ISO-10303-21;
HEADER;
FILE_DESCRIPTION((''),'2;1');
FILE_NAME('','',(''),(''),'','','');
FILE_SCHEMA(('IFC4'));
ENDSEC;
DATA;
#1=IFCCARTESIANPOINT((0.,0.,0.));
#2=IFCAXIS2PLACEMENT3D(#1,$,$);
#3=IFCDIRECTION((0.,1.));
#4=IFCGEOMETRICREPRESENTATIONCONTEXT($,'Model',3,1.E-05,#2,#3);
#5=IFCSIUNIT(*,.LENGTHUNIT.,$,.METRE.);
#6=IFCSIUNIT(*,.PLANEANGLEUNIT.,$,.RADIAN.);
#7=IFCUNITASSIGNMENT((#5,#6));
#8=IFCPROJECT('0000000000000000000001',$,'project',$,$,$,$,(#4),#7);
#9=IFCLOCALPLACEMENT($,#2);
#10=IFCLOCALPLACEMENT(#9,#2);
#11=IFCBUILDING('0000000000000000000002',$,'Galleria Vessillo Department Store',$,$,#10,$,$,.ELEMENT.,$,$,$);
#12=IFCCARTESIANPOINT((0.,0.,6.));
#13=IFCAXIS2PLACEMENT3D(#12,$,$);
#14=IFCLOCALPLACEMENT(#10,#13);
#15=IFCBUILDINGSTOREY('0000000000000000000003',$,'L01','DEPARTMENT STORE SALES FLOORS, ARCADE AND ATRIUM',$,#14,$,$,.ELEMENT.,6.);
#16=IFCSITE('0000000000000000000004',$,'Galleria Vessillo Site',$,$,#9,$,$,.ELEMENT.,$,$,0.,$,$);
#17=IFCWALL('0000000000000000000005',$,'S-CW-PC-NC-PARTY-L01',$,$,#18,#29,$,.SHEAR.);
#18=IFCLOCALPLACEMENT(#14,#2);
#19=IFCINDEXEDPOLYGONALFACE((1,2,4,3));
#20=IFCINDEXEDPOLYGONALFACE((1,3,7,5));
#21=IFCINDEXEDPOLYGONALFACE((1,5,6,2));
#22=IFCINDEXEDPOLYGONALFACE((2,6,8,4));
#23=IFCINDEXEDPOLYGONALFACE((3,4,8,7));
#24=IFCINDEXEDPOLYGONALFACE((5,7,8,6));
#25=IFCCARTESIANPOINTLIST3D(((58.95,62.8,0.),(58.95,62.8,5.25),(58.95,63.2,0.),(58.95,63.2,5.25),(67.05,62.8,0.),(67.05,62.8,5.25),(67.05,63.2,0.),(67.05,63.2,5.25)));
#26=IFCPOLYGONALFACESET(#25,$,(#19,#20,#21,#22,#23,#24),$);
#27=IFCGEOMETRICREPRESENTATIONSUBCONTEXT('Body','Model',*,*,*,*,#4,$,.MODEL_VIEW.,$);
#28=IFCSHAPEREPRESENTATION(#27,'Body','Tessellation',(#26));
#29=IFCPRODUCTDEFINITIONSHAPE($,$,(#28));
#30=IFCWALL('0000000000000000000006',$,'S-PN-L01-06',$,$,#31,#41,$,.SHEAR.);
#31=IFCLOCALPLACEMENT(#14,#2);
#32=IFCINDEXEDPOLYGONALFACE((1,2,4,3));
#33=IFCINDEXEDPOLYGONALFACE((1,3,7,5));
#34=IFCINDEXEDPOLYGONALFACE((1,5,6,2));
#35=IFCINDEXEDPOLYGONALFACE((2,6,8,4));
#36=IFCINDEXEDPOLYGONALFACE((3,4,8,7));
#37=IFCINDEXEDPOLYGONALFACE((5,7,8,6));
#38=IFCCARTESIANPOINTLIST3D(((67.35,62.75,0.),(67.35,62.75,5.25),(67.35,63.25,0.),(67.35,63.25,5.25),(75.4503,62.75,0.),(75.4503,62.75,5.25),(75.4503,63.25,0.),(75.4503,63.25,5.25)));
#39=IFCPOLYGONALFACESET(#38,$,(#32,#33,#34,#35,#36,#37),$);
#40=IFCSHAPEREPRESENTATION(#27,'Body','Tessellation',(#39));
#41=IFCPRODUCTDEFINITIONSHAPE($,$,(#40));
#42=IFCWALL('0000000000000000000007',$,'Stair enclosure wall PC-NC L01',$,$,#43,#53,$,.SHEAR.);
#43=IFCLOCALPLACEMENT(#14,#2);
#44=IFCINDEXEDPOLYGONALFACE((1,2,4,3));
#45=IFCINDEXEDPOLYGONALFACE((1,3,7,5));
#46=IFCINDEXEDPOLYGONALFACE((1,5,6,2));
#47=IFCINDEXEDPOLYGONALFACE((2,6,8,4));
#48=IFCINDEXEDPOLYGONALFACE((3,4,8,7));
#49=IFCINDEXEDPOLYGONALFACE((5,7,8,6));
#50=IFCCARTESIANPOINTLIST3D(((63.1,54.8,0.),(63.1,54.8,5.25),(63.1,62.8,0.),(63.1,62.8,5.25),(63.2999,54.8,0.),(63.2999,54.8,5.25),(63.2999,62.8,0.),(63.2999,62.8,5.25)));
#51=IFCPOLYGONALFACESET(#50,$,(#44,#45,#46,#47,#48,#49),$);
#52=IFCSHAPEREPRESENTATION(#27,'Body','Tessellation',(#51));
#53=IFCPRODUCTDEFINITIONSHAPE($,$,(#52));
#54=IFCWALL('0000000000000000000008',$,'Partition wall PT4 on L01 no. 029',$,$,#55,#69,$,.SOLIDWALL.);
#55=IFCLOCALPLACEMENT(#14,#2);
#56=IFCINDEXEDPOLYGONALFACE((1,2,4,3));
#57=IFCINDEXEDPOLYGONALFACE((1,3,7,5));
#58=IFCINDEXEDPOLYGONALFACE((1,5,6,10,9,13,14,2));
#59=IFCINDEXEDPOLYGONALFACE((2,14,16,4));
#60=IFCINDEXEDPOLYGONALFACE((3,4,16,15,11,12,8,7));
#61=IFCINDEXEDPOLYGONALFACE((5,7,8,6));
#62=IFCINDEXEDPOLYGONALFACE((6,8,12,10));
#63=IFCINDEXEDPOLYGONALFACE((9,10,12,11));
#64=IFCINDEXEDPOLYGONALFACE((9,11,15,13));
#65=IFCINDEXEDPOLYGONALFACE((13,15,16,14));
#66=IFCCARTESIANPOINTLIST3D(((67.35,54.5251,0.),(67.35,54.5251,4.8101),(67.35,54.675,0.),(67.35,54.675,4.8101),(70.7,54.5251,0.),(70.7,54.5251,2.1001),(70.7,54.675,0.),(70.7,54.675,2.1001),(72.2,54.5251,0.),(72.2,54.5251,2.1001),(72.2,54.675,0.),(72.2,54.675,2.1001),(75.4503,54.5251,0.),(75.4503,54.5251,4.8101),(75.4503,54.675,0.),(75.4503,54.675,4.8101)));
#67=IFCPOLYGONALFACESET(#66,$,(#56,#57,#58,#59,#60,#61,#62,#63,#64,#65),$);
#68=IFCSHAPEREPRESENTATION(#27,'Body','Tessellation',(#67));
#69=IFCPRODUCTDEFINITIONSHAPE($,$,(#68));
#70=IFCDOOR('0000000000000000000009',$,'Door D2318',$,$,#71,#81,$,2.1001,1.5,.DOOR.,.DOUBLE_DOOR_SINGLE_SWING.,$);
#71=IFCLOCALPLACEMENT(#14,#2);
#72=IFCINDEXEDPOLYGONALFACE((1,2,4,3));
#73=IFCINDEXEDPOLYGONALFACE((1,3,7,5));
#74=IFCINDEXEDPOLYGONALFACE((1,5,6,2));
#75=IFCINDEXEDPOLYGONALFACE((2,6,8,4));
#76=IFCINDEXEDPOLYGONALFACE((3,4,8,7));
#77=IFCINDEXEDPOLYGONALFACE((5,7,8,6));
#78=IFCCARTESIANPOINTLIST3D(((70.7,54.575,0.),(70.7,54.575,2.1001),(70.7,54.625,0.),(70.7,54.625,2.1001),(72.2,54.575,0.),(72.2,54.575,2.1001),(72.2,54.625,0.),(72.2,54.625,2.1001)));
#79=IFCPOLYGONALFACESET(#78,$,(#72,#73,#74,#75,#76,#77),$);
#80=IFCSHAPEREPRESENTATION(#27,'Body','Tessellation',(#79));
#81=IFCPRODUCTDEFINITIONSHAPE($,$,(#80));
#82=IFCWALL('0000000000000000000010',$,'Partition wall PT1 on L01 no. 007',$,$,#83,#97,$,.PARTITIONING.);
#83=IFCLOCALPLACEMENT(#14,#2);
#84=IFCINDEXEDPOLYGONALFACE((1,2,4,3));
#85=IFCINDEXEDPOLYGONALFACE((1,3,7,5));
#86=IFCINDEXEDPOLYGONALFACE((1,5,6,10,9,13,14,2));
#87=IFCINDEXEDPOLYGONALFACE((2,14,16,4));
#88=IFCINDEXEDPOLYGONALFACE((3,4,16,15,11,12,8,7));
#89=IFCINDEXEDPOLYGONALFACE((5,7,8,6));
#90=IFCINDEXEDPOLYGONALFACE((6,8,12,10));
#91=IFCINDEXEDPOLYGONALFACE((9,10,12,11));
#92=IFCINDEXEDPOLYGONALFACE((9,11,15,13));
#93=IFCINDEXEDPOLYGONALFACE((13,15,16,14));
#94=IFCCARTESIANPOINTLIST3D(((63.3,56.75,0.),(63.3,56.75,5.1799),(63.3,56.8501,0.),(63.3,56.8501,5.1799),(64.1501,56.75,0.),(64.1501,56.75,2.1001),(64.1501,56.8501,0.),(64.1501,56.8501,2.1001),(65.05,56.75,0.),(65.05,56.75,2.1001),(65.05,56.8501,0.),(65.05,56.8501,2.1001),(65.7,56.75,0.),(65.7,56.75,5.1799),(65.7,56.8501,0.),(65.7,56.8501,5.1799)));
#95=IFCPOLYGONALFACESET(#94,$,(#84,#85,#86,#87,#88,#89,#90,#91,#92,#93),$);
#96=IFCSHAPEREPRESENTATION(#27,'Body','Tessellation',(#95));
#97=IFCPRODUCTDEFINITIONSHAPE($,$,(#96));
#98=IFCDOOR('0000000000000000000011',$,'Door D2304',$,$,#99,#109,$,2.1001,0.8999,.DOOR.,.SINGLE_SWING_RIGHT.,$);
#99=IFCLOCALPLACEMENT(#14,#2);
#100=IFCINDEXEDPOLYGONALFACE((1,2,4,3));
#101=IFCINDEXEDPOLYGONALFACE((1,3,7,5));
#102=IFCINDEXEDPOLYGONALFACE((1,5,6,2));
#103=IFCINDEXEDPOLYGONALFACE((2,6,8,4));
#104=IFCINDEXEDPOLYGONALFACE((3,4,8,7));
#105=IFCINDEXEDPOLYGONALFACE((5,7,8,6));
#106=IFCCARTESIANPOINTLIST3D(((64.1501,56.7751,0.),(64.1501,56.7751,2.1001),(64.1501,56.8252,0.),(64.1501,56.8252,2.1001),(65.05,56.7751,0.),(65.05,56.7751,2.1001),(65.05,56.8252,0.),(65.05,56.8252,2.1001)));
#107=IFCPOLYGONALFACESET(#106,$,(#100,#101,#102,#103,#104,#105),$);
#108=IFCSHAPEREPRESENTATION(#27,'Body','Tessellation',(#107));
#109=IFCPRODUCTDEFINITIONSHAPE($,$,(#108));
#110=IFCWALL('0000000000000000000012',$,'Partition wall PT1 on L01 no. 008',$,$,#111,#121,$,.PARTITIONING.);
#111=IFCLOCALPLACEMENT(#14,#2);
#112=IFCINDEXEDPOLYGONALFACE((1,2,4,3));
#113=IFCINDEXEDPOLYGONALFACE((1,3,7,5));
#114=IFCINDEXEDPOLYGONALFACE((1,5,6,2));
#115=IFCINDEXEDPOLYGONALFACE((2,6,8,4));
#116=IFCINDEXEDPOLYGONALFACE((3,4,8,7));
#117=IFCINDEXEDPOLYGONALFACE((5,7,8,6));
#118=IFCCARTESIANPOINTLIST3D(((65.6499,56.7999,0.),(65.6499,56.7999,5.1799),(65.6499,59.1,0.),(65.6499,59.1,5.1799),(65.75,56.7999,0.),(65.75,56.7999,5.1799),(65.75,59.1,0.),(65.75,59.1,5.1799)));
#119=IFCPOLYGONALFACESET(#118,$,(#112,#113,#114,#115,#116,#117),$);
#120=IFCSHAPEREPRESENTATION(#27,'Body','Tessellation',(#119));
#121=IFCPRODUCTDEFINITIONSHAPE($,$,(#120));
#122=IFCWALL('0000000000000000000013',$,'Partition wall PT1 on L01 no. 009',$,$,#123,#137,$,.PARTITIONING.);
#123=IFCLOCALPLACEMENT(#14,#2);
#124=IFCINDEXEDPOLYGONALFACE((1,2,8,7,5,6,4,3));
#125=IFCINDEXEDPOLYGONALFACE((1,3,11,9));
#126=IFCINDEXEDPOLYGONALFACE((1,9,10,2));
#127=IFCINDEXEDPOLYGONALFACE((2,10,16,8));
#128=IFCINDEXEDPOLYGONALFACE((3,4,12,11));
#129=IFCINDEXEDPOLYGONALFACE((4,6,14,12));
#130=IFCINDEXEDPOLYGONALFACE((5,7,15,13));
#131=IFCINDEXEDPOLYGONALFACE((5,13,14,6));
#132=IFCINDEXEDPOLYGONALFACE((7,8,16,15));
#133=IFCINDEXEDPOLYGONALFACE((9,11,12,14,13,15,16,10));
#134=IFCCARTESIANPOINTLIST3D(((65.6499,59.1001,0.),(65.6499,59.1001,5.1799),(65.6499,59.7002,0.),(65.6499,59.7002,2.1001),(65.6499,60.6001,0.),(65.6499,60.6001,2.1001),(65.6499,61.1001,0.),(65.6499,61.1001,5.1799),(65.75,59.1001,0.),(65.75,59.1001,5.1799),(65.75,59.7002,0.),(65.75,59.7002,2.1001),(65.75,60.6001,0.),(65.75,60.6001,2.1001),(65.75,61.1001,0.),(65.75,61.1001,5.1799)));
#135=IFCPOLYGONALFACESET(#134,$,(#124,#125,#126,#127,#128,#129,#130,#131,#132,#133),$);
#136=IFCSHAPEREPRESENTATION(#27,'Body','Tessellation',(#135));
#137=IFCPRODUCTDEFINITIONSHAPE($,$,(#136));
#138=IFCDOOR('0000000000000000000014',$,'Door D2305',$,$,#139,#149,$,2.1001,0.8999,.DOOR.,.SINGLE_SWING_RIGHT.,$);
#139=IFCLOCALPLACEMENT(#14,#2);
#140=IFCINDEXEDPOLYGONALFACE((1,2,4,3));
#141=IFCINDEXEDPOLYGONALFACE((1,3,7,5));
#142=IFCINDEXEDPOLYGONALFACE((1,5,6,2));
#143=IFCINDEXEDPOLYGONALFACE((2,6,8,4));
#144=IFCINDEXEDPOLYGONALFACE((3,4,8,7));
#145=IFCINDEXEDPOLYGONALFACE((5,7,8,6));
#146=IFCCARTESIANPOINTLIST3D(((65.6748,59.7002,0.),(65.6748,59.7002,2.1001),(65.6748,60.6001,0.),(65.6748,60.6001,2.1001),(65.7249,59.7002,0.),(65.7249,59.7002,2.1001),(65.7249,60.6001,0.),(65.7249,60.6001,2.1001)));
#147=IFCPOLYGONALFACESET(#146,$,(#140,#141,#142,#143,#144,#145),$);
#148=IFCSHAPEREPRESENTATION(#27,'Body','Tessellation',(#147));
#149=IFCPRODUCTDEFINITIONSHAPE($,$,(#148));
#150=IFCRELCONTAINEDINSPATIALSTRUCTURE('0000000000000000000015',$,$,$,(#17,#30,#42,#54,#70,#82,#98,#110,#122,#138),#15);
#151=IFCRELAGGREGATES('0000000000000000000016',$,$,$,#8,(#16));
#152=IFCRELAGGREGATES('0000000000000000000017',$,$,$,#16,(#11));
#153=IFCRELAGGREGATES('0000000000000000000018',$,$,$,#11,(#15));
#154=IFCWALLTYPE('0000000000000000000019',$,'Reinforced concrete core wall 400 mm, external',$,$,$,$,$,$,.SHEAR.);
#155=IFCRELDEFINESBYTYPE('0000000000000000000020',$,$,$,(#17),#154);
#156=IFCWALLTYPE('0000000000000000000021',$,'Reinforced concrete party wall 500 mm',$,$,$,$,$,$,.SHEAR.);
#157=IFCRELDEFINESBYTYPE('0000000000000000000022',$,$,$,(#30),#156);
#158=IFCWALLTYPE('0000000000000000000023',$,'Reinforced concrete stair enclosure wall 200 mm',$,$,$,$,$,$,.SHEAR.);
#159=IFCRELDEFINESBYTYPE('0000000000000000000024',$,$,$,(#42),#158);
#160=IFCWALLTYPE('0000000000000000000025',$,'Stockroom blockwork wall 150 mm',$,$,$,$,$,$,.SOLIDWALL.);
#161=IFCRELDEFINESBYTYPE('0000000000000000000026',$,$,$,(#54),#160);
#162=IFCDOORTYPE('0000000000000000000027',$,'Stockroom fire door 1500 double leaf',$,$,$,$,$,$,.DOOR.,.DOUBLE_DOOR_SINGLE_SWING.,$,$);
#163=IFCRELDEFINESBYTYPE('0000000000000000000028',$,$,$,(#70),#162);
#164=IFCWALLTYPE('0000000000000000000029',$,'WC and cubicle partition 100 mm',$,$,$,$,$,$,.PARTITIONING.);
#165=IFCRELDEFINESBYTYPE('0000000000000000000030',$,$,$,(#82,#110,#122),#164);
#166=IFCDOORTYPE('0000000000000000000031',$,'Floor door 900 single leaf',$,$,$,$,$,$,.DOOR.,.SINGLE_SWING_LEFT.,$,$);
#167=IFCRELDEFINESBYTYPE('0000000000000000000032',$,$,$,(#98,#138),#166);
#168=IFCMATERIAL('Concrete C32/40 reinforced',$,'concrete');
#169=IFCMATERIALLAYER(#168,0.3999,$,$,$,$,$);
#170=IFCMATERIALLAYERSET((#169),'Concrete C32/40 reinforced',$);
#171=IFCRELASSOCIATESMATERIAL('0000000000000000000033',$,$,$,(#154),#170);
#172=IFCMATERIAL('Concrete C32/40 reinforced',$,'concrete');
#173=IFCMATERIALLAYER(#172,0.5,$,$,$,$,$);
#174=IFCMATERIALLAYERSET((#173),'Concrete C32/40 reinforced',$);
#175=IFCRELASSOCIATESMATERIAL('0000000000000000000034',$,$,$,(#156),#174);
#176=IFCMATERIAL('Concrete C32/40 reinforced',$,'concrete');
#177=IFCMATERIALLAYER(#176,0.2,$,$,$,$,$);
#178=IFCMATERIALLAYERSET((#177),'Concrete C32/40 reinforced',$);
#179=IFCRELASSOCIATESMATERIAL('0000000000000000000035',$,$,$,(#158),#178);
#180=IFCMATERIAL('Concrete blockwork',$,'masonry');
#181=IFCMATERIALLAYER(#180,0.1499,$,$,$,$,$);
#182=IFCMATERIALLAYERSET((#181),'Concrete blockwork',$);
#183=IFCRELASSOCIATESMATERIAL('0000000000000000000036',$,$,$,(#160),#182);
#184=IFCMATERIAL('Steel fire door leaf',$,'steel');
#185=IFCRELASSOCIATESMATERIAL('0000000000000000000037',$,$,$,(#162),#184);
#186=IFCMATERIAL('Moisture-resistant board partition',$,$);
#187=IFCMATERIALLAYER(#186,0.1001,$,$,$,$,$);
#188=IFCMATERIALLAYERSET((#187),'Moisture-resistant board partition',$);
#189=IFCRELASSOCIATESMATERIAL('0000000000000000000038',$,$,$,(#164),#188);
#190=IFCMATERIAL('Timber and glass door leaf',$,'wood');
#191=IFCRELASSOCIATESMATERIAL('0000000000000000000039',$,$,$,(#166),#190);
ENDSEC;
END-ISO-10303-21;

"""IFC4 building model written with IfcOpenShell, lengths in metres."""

from ifc_helpers import new_model, si_unit, direction, frame, frame_2d, origin, place, context, subcontext, project, spatial, rectangle, extrude, material, layer, layer_set, type_object, element, fill, save


model = new_model("IFC4")

# Units and contexts
model_context = context("Model", 3, precision=1e-05, world=origin(), true_north=direction((0.0, 1.0)))
body_context = subcontext(model_context, "Body", "Model", "MODEL_VIEW")
ifc_project = project(units=[si_unit("LENGTHUNIT", "METRE"), si_unit("PLANEANGLEUNIT", "RADIAN")], contexts=[model_context])

# Site, building, storey
site_placement = place(None, origin())
site = spatial("IfcSite", under=ifc_project, at=site_placement, Name="Galleria Vessillo Site", CompositionType="ELEMENT", RefElevation=0.0)
building_placement = place(site_placement, origin())
building = spatial("IfcBuilding", under=site, at=building_placement, Name="Galleria Vessillo Department Store", CompositionType="ELEMENT")
storey_placement = place(building_placement, frame((0.0, 0.0, 6.0)))
storey = spatial("IfcBuildingStorey", under=building, at=storey_placement, Name="L01", Description="DEPARTMENT STORE SALES FLOORS, ARCADE AND ATRIUM", CompositionType="ELEMENT", Elevation=6.0)

# Walls
ifc_material_1 = material(Name="Concrete C32/40 reinforced", Category="concrete")
ifc_layer_1 = layer(ifc_material_1, 0.3999)
ifc_layer_set_1 = layer_set([ifc_layer_1], Name="Concrete C32/40 reinforced")
wall_type_1 = type_object("IfcWallType", Name="Reinforced concrete core wall 400 mm, external", PredefinedType="SHEAR", material=ifc_layer_set_1)
wall_1_placement = place(storey_placement, frame((58.95, 63.0, 0.0), z_axis=(0.0, 0.0, 1.0), x_axis=(1.0, 0.0, 0.0)))
element("IfcWall", 1, at=wall_1_placement, inside=storey, type_object=wall_type_1, Name="S-CW-PC-NC-PARTY-L01", PredefinedType="SHEAR", context=body_context, shape_type="SweptSolid", body=[
    extrude(rectangle(XDim=8.1001, YDim=0.3999, at=frame_2d((4.05, 0.0))), origin(), (0.0, 0.0, 1.0), 5.25),
])
ifc_material_2 = material(Name="Concrete C32/40 reinforced", Category="concrete")
ifc_layer_2 = layer(ifc_material_2, 0.5)
ifc_layer_set_2 = layer_set([ifc_layer_2], Name="Concrete C32/40 reinforced")
wall_type_2 = type_object("IfcWallType", Name="Reinforced concrete party wall 500 mm", PredefinedType="SHEAR", material=ifc_layer_set_2)
wall_2_placement = place(storey_placement, frame((67.3499, 63.0, 0.0), z_axis=(0.0, 0.0, 1.0), x_axis=(1.0, 0.0, 0.0)))
element("IfcWall", 2, at=wall_2_placement, inside=storey, type_object=wall_type_2, Name="S-PN-L01-06", PredefinedType="SHEAR", context=body_context, shape_type="SweptSolid", body=[
    extrude(rectangle(XDim=8.1003, YDim=0.5, at=frame_2d((4.0503, 0.0))), origin(), (0.0, 0.0, 1.0), 5.25),
])
ifc_material_3 = material(Name="Concrete C32/40 reinforced", Category="concrete")
ifc_layer_3 = layer(ifc_material_3, 0.2)
ifc_layer_set_3 = layer_set([ifc_layer_3], Name="Concrete C32/40 reinforced")
wall_type_3 = type_object("IfcWallType", Name="Reinforced concrete stair enclosure wall 200 mm", PredefinedType="SHEAR", material=ifc_layer_set_3)
wall_3_placement = place(storey_placement, frame((63.2, 62.8, 0.0), z_axis=(0.0, 0.0, 1.0), x_axis=(0.0, -1.0, 0.0)))
element("IfcWall", 3, at=wall_3_placement, inside=storey, type_object=wall_type_3, Name="Stair enclosure wall PC-NC L01", PredefinedType="SHEAR", context=body_context, shape_type="SweptSolid", body=[
    extrude(rectangle(XDim=8.0, YDim=0.2, at=frame_2d((4.0, 0.0))), origin(), (0.0, 0.0, 1.0), 5.25),
])

# Walls, openings, doors
ifc_material_4 = material(Name="Concrete blockwork", Category="masonry")
ifc_layer_4 = layer(ifc_material_4, 0.1499)
ifc_layer_set_4 = layer_set([ifc_layer_4], Name="Concrete blockwork")
wall_type_4 = type_object("IfcWallType", Name="Stockroom blockwork wall 150 mm", PredefinedType="SOLIDWALL", material=ifc_layer_set_4)
wall_4_placement = place(storey_placement, frame((67.3499, 54.6001, 0.0), z_axis=(0.0, 0.0, 1.0), x_axis=(1.0, 0.0, 0.0)))
wall_4 = element("IfcWall", 4, at=wall_4_placement, inside=storey, type_object=wall_type_4, Name="Partition wall PT4 on L01 no. 029", PredefinedType="SOLIDWALL", context=body_context, shape_type="SweptSolid", body=[
    extrude(rectangle(XDim=8.1003, YDim=0.1499, at=frame_2d((4.0503, 0.0))), origin(), (0.0, 0.0, 1.0), 4.8101),
])
opening_1_placement = place(wall_4_placement, frame((3.3501, 0.0, 0.0)))
opening_1 = element("IfcOpeningElement", 5, at=opening_1_placement, cuts=wall_4, PredefinedType="OPENING", context=body_context, shape_type="SweptSolid", body=[
    extrude(rectangle(XDim=1.5, YDim=2.1001, at=frame_2d((0.75, 1.05))), frame((0.0, 0.085, 0.0), z_axis=(0.0, -1.0, 0.0), x_axis=(1.0, 0.0, 0.0)), (0.0, 0.0, 1.0), 0.1699),
])
ifc_material_5 = material(Name="Steel fire door leaf", Category="steel")
door_type_1 = type_object("IfcDoorType", Name="Stockroom fire door 1500 double leaf", OperationType="DOUBLE_DOOR_SINGLE_SWING", PredefinedType="DOOR", material=ifc_material_5)
door_1_placement = place(opening_1_placement, origin())
door_1 = element("IfcDoor", 6, at=door_1_placement, inside=storey, type_object=door_type_1, Name="Door D2318", OperationType="DOUBLE_DOOR_SINGLE_SWING", OverallHeight=2.1001, OverallWidth=1.5, PredefinedType="DOOR", context=body_context, shape_type="SweptSolid", body=[
    extrude(rectangle(XDim=1.5, YDim=2.1001, at=frame_2d((0.75, 1.05))), frame((0.0, 0.0249, 0.0), z_axis=(0.0, -1.0, 0.0), x_axis=(1.0, 0.0, 0.0)), (0.0, 0.0, 1.0), 0.05),
])
fill(opening_1, door_1)
ifc_material_6 = material(Name="Moisture-resistant board partition")
ifc_layer_5 = layer(ifc_material_6, 0.1001)
ifc_layer_set_5 = layer_set([ifc_layer_5], Name="Moisture-resistant board partition")
wall_type_5 = type_object("IfcWallType", Name="WC and cubicle partition 100 mm", PredefinedType="PARTITIONING", material=ifc_layer_set_5)
wall_5_placement = place(storey_placement, frame((63.3, 56.8, 0.0), z_axis=(0.0, 0.0, 1.0), x_axis=(1.0, 0.0, 0.0)))
wall_5 = element("IfcWall", 7, at=wall_5_placement, inside=storey, type_object=wall_type_5, Name="Partition wall PT1 on L01 no. 007", PredefinedType="PARTITIONING", context=body_context, shape_type="SweptSolid", body=[
    extrude(rectangle(XDim=2.3999, YDim=0.1001, at=frame_2d((1.2, 0.0))), origin(), (0.0, 0.0, 1.0), 5.1799),
])
opening_2_placement = place(wall_5_placement, frame((0.8501, 0.0, 0.0)))
opening_2 = element("IfcOpeningElement", 8, at=opening_2_placement, cuts=wall_5, PredefinedType="OPENING", context=body_context, shape_type="SweptSolid", body=[
    extrude(rectangle(XDim=0.8999, YDim=2.1001, at=frame_2d((0.45, 1.05))), frame((0.0, 0.0601, 0.0), z_axis=(0.0, -1.0, 0.0), x_axis=(1.0, 0.0, 0.0)), (0.0, 0.0, 1.0), 0.1201),
])
ifc_material_7 = material(Name="Timber and glass door leaf", Category="wood")
door_type_2 = type_object("IfcDoorType", Name="Floor door 900 single leaf", OperationType="SINGLE_SWING_LEFT", PredefinedType="DOOR", material=ifc_material_7)
door_2_placement = place(opening_2_placement, frame((0.8999, 0.0, 0.0), z_axis=(0.0, 0.0, 1.0), x_axis=(-1.0, 0.0, 0.0)))
door_2 = element("IfcDoor", 9, at=door_2_placement, inside=storey, type_object=door_type_2, Name="Door D2304", OperationType="SINGLE_SWING_RIGHT", OverallHeight=2.1001, OverallWidth=0.8999, PredefinedType="DOOR", context=body_context, shape_type="SweptSolid", body=[
    extrude(rectangle(XDim=0.8999, YDim=2.1001, at=frame_2d((0.45, 1.05))), frame((0.0, 0.0249, 0.0), z_axis=(0.0, -1.0, 0.0), x_axis=(1.0, 0.0, 0.0)), (0.0, 0.0, 1.0), 0.05),
])
fill(opening_2, door_2)

# Wall
wall_6_placement = place(storey_placement, frame((65.7, 56.8, 0.0), z_axis=(0.0, 0.0, 1.0), x_axis=(0.0, 1.0, 0.0)))
element("IfcWall", 10, at=wall_6_placement, inside=storey, type_object=wall_type_5, Name="Partition wall PT1 on L01 no. 008", PredefinedType="PARTITIONING", context=body_context, shape_type="SweptSolid", body=[
    extrude(rectangle(XDim=2.3, YDim=0.1001, at=frame_2d((1.1499, 0.0))), origin(), (0.0, 0.0, 1.0), 5.1799),
])

# Wall, opening, door
wall_7_placement = place(storey_placement, frame((65.7, 59.1001, 0.0), z_axis=(0.0, 0.0, 1.0), x_axis=(0.0, 1.0, 0.0)))
wall_7 = element("IfcWall", 11, at=wall_7_placement, inside=storey, type_object=wall_type_5, Name="Partition wall PT1 on L01 no. 009", PredefinedType="PARTITIONING", context=body_context, shape_type="SweptSolid", body=[
    extrude(rectangle(XDim=2.0, YDim=0.1001, at=frame_2d((1.0, 0.0))), origin(), (0.0, 0.0, 1.0), 5.1799),
])
opening_3_placement = place(wall_7_placement, frame((0.6001, 0.0, 0.0)))
opening_3 = element("IfcOpeningElement", 12, at=opening_3_placement, cuts=wall_7, PredefinedType="OPENING", context=body_context, shape_type="SweptSolid", body=[
    extrude(rectangle(XDim=0.8999, YDim=2.1001, at=frame_2d((0.45, 1.05))), frame((0.0, 0.0601, 0.0), z_axis=(0.0, -1.0, 0.0), x_axis=(1.0, 0.0, 0.0)), (0.0, 0.0, 1.0), 0.1201),
])
door_3_placement = place(opening_3_placement, frame((0.8999, 0.0, 0.0), z_axis=(0.0, 0.0, 1.0), x_axis=(-1.0, 0.0, 0.0)))
door_3 = element("IfcDoor", 13, at=door_3_placement, inside=storey, type_object=door_type_2, Name="Door D2305", OperationType="SINGLE_SWING_RIGHT", OverallHeight=2.1001, OverallWidth=0.8999, PredefinedType="DOOR", context=body_context, shape_type="SweptSolid", body=[
    extrude(rectangle(XDim=0.8999, YDim=2.1001, at=frame_2d((0.45, 1.05))), frame((0.0, 0.0249, 0.0), z_axis=(0.0, -1.0, 0.0), x_axis=(1.0, 0.0, 0.0)), (0.0, 0.0, 1.0), 0.05),
])
fill(opening_3, door_3)

save(model, "model.ifc")
